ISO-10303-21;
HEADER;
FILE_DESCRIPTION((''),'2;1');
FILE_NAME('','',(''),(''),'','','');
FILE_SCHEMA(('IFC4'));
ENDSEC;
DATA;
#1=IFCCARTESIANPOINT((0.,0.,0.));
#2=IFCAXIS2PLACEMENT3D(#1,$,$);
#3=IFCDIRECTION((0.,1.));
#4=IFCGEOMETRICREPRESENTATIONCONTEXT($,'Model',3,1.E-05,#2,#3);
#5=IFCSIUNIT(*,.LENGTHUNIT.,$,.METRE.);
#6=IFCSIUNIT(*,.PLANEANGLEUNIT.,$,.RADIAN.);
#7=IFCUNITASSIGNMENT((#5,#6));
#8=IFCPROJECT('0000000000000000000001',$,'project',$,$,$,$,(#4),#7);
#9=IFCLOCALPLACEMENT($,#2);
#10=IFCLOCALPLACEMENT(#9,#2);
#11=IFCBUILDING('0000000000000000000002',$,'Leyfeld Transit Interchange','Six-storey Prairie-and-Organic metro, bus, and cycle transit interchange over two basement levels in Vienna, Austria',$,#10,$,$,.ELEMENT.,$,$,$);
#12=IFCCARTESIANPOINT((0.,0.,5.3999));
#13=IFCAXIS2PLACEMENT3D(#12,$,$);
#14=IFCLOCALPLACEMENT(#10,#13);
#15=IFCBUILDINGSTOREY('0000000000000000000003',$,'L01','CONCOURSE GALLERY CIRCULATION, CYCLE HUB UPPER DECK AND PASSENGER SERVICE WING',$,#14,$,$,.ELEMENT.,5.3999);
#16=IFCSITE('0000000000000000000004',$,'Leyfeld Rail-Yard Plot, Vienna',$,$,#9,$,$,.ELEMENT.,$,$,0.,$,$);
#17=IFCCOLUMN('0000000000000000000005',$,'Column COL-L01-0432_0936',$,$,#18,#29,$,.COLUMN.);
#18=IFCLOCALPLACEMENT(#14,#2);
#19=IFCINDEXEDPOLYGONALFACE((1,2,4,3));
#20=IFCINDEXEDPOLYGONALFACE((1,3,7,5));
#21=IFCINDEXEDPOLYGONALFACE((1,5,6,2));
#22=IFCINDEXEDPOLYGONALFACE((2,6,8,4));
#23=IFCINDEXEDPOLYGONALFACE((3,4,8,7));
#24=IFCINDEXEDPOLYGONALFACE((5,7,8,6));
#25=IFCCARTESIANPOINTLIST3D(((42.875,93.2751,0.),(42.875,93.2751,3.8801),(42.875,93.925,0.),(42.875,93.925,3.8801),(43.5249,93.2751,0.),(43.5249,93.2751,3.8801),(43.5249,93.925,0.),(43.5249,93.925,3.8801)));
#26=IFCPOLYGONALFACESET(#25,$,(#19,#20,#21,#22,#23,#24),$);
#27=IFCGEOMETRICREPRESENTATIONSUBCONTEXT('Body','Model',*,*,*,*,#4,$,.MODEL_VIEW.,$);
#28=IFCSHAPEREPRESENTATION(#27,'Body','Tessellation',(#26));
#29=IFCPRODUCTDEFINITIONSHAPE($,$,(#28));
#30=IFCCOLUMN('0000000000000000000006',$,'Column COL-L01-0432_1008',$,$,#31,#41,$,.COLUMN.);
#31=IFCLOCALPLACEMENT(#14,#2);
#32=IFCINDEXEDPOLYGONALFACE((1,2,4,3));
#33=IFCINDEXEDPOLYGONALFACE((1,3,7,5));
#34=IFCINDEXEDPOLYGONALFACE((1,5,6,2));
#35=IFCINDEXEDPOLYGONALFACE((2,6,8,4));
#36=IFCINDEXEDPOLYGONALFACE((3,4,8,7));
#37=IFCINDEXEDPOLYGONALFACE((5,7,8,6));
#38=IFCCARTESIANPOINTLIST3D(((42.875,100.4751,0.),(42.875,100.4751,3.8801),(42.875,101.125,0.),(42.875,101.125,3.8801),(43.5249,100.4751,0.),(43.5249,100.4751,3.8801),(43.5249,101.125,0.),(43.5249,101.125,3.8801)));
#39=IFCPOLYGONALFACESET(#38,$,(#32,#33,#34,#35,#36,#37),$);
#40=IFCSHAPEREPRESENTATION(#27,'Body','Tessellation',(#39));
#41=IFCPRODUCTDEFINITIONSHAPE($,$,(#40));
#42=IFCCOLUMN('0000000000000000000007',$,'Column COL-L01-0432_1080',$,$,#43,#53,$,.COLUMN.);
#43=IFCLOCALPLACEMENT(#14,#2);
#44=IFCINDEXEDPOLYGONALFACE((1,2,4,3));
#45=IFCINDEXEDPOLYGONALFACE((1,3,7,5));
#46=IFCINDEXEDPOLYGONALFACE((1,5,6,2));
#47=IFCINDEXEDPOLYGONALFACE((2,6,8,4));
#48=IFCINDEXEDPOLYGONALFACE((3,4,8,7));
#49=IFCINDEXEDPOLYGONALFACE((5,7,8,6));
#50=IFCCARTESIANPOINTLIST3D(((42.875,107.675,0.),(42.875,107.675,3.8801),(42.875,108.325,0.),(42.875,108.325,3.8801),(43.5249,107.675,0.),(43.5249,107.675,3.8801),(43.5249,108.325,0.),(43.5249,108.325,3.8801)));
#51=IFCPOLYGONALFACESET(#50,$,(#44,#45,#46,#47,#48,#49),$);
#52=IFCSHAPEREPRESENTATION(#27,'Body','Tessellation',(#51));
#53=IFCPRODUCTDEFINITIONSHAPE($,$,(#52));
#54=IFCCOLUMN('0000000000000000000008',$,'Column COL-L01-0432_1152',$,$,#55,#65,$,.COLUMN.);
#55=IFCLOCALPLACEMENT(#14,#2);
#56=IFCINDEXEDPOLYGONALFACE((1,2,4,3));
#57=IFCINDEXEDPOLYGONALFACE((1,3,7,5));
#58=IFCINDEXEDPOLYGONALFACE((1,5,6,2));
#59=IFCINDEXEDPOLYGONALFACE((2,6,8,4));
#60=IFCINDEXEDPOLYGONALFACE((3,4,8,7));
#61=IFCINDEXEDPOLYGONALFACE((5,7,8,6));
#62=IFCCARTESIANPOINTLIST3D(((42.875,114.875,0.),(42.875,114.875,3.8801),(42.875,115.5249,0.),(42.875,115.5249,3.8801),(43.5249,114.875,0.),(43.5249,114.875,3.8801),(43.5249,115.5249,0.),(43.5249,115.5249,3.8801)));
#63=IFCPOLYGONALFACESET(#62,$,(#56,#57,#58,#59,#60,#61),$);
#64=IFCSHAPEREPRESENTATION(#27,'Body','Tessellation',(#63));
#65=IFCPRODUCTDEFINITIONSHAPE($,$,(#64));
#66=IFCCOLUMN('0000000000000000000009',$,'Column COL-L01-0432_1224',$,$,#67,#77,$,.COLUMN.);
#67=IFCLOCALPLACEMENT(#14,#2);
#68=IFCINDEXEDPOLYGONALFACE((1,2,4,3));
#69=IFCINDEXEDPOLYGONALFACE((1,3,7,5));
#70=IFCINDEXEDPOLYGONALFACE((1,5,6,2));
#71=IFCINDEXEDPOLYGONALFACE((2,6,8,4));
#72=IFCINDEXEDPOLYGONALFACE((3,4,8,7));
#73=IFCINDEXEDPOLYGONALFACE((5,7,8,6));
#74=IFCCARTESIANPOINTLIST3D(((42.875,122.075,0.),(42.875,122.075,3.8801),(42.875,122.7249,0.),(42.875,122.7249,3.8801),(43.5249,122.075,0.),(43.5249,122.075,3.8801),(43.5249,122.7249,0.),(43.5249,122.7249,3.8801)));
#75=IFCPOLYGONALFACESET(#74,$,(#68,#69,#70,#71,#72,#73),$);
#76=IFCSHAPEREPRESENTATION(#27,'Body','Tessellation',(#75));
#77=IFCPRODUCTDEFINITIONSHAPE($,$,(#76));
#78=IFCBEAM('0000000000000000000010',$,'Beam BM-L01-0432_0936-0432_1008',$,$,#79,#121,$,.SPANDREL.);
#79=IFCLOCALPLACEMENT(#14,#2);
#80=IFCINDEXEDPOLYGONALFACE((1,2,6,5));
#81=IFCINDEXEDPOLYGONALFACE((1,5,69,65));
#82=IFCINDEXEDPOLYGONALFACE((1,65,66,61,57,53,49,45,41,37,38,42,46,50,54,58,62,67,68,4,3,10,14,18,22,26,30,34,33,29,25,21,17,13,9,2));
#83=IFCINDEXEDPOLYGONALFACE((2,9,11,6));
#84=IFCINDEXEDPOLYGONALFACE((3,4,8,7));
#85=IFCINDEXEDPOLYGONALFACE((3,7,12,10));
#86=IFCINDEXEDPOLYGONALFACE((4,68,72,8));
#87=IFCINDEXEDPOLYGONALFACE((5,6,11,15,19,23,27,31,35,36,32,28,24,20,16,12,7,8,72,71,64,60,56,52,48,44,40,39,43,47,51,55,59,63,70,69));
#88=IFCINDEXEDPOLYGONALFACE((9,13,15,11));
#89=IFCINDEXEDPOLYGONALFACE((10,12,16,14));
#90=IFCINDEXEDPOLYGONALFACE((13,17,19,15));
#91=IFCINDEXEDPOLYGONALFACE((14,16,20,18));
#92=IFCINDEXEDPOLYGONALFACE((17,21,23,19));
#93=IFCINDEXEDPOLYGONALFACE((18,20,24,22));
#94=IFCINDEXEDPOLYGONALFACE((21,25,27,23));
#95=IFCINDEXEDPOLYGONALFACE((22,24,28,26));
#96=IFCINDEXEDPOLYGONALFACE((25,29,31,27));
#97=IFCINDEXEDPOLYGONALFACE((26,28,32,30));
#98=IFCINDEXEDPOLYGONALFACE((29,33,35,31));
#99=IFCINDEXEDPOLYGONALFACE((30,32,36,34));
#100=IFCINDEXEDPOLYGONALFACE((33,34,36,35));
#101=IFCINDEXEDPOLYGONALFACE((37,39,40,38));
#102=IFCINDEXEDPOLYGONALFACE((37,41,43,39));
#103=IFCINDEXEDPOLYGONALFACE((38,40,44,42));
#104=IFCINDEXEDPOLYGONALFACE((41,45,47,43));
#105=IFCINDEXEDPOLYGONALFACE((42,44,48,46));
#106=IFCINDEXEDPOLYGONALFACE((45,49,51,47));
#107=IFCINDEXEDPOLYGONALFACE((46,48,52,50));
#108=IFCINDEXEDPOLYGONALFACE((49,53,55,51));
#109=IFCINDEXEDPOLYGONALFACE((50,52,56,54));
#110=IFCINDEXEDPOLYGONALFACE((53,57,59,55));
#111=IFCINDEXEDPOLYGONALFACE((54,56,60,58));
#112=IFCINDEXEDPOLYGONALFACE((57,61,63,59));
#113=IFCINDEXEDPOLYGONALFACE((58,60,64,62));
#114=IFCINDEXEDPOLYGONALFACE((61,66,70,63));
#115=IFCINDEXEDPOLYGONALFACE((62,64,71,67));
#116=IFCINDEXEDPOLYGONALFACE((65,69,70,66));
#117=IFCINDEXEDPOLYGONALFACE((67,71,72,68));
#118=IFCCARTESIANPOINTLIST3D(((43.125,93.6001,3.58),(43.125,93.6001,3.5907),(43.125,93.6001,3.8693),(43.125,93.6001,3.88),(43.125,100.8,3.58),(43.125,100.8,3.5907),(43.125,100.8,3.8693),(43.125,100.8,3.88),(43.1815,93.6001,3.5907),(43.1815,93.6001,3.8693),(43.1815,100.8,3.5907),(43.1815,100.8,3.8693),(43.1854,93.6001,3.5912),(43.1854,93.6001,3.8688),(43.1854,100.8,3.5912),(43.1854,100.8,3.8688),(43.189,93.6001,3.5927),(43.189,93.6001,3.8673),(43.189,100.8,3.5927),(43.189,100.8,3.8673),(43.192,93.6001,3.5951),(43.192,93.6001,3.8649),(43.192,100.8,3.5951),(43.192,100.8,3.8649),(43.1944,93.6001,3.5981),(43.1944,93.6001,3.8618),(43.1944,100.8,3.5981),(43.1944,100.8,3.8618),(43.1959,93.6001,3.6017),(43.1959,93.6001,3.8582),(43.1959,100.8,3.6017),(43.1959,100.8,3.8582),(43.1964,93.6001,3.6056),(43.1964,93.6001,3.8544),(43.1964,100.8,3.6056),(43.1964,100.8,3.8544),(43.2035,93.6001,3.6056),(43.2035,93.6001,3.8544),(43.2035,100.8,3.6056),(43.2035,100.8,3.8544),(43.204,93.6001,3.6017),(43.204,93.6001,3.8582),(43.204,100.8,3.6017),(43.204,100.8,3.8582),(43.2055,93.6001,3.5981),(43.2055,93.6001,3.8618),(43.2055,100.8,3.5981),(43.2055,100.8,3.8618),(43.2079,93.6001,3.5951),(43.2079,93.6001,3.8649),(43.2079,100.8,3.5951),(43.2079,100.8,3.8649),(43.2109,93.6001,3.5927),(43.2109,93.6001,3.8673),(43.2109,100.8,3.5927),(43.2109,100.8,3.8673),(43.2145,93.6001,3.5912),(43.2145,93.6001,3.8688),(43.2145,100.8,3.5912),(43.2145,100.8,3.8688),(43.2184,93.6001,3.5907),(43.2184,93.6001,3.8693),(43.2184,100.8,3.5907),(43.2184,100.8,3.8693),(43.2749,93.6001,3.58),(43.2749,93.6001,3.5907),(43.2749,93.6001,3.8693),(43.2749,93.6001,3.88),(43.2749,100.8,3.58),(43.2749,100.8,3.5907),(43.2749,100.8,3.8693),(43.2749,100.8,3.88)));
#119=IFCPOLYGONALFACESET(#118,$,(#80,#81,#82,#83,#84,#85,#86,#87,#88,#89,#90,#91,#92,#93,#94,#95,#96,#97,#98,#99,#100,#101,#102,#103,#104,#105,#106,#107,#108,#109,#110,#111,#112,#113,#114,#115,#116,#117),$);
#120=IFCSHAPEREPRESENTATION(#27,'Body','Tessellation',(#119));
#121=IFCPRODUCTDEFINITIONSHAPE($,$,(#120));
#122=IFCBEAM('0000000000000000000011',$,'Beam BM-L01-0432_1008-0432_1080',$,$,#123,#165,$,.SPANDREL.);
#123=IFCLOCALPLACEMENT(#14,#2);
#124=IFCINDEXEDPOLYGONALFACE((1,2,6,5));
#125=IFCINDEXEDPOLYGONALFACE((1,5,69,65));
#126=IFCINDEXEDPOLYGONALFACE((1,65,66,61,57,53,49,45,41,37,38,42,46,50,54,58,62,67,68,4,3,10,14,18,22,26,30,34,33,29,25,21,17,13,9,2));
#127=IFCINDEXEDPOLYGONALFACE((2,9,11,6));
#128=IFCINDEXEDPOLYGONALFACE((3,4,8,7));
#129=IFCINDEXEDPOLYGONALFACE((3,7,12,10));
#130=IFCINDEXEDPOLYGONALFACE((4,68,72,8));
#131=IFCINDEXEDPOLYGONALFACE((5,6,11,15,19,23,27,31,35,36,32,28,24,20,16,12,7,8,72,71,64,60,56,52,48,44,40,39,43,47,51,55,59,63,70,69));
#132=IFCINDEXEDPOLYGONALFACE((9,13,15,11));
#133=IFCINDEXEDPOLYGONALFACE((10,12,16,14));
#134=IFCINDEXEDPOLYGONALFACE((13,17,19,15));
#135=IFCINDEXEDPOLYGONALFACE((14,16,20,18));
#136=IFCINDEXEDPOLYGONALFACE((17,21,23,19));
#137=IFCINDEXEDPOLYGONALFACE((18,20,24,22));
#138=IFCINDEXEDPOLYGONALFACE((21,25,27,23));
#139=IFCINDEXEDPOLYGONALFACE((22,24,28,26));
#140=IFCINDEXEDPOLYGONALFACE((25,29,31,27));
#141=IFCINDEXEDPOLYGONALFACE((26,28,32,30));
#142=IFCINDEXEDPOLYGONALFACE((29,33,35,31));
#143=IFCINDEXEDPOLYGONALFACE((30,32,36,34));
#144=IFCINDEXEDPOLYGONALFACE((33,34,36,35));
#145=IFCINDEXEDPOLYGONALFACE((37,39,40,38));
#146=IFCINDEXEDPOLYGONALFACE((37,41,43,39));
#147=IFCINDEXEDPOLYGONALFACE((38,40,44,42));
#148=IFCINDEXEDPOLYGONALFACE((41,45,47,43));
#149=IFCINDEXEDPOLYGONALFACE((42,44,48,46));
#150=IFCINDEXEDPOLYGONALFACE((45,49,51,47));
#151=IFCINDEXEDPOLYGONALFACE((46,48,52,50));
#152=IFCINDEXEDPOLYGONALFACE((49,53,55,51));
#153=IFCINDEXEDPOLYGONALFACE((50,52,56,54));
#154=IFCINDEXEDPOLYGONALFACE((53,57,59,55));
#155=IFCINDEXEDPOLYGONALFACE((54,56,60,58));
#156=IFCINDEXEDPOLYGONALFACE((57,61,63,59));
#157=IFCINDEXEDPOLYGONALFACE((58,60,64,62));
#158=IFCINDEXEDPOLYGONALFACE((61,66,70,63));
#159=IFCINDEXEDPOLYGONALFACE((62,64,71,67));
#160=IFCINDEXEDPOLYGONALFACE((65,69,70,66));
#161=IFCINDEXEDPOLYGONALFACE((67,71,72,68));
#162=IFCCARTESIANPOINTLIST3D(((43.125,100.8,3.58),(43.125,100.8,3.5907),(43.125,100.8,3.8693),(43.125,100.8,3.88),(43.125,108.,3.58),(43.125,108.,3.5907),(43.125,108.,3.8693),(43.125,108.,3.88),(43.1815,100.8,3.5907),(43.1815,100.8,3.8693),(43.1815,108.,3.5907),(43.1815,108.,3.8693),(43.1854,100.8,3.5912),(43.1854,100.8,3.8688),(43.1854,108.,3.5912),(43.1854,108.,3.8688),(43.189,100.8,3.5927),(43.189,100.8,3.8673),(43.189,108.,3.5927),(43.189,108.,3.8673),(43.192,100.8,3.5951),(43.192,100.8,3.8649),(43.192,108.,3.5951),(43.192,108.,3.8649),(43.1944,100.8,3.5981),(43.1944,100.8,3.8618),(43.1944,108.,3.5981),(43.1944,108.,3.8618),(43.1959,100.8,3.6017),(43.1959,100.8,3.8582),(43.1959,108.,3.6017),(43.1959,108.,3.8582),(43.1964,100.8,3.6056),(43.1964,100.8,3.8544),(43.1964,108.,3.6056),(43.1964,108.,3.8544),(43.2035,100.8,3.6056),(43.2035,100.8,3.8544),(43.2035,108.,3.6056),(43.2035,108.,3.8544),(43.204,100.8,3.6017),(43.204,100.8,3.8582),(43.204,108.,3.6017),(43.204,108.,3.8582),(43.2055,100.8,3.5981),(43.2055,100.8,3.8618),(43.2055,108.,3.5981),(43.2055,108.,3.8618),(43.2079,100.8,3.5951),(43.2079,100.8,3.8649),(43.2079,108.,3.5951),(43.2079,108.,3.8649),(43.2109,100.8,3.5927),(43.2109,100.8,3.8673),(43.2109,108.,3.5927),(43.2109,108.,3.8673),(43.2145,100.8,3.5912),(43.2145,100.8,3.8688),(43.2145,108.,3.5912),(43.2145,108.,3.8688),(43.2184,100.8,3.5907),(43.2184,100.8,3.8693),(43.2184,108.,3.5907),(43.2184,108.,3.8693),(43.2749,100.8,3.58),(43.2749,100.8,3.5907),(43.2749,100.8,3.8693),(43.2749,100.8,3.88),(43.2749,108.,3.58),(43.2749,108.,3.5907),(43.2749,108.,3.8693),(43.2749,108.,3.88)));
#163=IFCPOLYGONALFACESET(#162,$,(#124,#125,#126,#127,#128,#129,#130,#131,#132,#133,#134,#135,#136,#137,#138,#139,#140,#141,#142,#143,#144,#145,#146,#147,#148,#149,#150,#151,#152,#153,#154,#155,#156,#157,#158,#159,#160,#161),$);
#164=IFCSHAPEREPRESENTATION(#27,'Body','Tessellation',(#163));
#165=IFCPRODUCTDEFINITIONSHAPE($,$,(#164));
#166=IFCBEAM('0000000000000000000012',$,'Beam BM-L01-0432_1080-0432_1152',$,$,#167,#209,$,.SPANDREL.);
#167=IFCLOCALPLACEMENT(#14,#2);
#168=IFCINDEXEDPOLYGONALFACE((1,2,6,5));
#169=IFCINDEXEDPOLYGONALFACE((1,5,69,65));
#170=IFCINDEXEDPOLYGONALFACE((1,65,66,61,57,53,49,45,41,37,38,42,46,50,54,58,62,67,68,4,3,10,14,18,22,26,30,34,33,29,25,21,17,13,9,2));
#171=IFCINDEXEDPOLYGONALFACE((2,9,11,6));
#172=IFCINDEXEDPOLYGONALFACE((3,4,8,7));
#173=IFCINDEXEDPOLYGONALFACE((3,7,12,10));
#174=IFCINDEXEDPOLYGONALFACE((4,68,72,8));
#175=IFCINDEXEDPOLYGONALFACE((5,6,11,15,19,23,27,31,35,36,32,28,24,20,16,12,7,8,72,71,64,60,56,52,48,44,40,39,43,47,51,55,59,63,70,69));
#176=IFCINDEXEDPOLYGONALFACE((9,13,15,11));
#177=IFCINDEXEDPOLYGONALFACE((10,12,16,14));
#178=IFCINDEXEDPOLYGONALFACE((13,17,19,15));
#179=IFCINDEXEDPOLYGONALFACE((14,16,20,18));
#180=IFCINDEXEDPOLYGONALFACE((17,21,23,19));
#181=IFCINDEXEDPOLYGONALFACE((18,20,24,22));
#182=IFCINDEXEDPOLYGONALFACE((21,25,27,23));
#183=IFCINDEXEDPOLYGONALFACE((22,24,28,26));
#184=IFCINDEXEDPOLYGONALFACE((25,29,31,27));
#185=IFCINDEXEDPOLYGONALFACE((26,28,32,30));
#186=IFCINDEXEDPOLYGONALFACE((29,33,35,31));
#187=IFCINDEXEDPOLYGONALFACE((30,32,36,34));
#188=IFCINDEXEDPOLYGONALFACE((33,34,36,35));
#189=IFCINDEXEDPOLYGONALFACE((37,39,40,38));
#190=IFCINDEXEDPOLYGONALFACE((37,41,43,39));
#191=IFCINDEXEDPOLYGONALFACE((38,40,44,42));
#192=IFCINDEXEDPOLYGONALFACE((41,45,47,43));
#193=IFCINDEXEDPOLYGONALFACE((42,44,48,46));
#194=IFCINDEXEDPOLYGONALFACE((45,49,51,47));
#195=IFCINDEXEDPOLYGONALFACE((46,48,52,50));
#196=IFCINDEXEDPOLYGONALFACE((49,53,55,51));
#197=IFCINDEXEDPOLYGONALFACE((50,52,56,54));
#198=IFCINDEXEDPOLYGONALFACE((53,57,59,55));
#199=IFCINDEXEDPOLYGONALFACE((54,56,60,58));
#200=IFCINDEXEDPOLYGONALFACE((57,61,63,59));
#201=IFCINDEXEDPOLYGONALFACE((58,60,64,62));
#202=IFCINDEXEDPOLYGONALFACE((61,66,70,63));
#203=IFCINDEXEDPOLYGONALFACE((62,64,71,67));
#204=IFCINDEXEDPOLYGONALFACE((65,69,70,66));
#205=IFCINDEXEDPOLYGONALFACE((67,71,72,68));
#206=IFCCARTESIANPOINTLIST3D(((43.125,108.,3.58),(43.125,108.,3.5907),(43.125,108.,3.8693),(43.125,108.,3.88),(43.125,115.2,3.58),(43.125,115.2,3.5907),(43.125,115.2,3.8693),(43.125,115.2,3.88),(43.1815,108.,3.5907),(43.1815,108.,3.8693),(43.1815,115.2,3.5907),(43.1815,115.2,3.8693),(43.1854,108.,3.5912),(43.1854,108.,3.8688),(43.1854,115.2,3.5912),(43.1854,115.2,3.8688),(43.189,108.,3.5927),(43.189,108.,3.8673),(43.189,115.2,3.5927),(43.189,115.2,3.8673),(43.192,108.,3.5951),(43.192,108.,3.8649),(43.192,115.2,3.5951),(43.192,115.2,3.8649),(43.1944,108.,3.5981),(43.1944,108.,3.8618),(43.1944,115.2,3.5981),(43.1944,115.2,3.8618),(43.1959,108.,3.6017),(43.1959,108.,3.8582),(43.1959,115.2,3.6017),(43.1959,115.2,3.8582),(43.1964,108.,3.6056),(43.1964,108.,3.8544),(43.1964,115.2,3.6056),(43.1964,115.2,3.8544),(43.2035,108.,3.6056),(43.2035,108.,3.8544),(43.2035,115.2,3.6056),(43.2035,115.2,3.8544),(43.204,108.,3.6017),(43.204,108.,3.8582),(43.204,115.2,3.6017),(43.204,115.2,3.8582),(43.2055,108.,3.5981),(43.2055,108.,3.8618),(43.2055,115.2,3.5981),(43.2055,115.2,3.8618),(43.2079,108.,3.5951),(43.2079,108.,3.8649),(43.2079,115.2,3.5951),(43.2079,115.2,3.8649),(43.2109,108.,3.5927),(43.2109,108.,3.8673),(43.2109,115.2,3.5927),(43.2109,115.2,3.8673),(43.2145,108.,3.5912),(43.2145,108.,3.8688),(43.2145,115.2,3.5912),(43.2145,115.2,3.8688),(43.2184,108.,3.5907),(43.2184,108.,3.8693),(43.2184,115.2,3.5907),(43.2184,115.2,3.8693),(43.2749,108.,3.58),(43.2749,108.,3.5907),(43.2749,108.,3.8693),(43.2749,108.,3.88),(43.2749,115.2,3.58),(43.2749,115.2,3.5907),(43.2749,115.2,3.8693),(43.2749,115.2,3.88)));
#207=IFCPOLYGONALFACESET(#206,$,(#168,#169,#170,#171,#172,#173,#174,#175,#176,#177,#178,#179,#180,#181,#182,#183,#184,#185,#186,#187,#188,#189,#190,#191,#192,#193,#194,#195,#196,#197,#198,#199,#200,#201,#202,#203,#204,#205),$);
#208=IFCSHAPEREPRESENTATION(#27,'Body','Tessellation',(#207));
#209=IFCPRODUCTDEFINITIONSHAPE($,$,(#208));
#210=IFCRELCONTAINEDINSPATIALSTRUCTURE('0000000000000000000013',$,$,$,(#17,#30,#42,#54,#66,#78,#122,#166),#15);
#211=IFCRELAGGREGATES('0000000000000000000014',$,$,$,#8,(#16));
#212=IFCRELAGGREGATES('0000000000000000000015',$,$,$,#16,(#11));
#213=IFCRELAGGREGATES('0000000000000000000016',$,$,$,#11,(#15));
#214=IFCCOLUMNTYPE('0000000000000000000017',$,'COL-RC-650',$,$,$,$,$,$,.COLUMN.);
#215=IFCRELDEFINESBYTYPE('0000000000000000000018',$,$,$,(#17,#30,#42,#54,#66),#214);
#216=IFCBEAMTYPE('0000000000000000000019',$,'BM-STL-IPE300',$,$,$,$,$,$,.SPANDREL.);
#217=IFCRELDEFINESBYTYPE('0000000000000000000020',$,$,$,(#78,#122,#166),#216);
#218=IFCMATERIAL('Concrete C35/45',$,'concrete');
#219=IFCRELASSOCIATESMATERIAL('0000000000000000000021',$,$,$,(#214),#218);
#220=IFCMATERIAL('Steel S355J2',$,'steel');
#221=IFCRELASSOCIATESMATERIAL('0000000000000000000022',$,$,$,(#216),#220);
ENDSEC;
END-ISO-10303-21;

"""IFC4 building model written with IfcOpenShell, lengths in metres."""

from ifc_helpers import new_model, si_unit, direction, frame, origin, origin_2d, place, context, subcontext, project, spatial, rectangle, i_section, extrude, material, material_profile, profile_set, type_object, element, save


model = new_model("IFC4")

# Units and contexts
model_context = context("Model", 3, precision=1e-05, world=origin(), true_north=direction((0.0, 1.0)))
body_context = subcontext(model_context, "Body", "Model", "MODEL_VIEW")
ifc_project = project(units=[si_unit("LENGTHUNIT", "METRE"), si_unit("PLANEANGLEUNIT", "RADIAN")], contexts=[model_context])

# Site, building, storey
site_placement = place(None, origin())
site = spatial("IfcSite", under=ifc_project, at=site_placement, Name="Leyfeld Rail-Yard Plot, Vienna", CompositionType="ELEMENT", RefElevation=0.0)
building_placement = place(site_placement, origin())
building = spatial("IfcBuilding", under=site, at=building_placement, Name="Leyfeld Transit Interchange", Description="Six-storey Prairie-and-Organic metro, bus, and cycle transit interchange over two basement levels in Vienna, Austria", CompositionType="ELEMENT")
storey_placement = place(building_placement, frame((0.0, 0.0, 5.3999)))
storey = spatial("IfcBuildingStorey", under=building, at=storey_placement, Name="L01", Description="CONCOURSE GALLERY CIRCULATION, CYCLE HUB UPPER DECK AND PASSENGER SERVICE WING", CompositionType="ELEMENT", Elevation=5.3999)

# Columns
ifc_material_1 = material(Name="Concrete C35/45", Category="concrete")
ifc_material_profile_1 = material_profile(ifc_material_1, rectangle(XDim=0.6499, YDim=0.6499, at=origin_2d()), Name="RC 650x650")
ifc_profile_set_1 = profile_set([ifc_material_profile_1], Name="Concrete C35/45")
column_type = type_object("IfcColumnType", Name="COL-RC-650", PredefinedType="COLUMN", material=ifc_profile_set_1)
for number, where, z_axis, x_axis, name in (
    (1, (43.2, 93.6001, 0.0), (0.0, 0.0, 1.0), (0.0, 1.0, 0.0), "Column COL-L01-0432_0936"),
    (2, (43.2, 100.8, 0.0), (0.0, 0.0, 1.0), (1.0, 0.0, 0.0), "Column COL-L01-0432_1008"),
    (3, (43.2, 108.0, 0.0), (0.0, 0.0, 1.0), (1.0, 0.0, 0.0), "Column COL-L01-0432_1080"),
    (4, (43.2, 115.2, 0.0), (0.0, 0.0, 1.0), (1.0, 0.0, 0.0), "Column COL-L01-0432_1152"),
    (5, (43.2, 122.3999, 0.0), (0.0, 0.0, 1.0), (1.0, 0.0, 0.0), "Column COL-L01-0432_1224"),
):
    element("IfcColumn", number, at=place(storey_placement, frame(where, z_axis=z_axis, x_axis=x_axis)), inside=storey, type_object=column_type, Name=name, PredefinedType="COLUMN", context=body_context, shape_type="SweptSolid", body=[
        extrude(rectangle(XDim=0.6499, YDim=0.6499, at=origin_2d()), origin(), (0.0, 0.0, 1.0), 3.8801),
    ])

# Beams
ifc_material_2 = material(Name="Steel S355J2", Category="steel")
ifc_material_profile_2 = material_profile(ifc_material_2, i_section(OverallWidth=0.1499, OverallDepth=0.3, WebThickness=0.0071, FlangeThickness=0.0107, FilletRadius=0.0149, at=origin_2d()), Name="IPE 300")
ifc_profile_set_2 = profile_set([ifc_material_profile_2], Name="Steel S355J2")
beam_type = type_object("IfcBeamType", Name="BM-STL-IPE300", PredefinedType="SPANDREL", material=ifc_profile_set_2)
for number, where, z_axis, x_axis, name in (
    (6, (43.2, 93.6001, 3.73), (0.0, 1.0, 0.0), (-1.0, 0.0, 0.0), "Beam BM-L01-0432_0936-0432_1008"),
    (7, (43.2, 100.8, 3.73), (0.0, 1.0, 0.0), (-1.0, 0.0, 0.0), "Beam BM-L01-0432_1008-0432_1080"),
    (8, (43.2, 108.0, 3.73), (0.0, 1.0, 0.0), (-1.0, 0.0, 0.0), "Beam BM-L01-0432_1080-0432_1152"),
):
    element("IfcBeam", number, at=place(storey_placement, frame(where, z_axis=z_axis, x_axis=x_axis)), inside=storey, type_object=beam_type, Name=name, PredefinedType="SPANDREL", context=body_context, shape_type="SweptSolid", body=[
        extrude(i_section(OverallWidth=0.1499, OverallDepth=0.3, WebThickness=0.0071, FlangeThickness=0.0107, FilletRadius=0.0149, at=origin_2d()), origin(), (0.0, 0.0, 1.0), 7.2),
    ])

save(model, "model.ifc")
